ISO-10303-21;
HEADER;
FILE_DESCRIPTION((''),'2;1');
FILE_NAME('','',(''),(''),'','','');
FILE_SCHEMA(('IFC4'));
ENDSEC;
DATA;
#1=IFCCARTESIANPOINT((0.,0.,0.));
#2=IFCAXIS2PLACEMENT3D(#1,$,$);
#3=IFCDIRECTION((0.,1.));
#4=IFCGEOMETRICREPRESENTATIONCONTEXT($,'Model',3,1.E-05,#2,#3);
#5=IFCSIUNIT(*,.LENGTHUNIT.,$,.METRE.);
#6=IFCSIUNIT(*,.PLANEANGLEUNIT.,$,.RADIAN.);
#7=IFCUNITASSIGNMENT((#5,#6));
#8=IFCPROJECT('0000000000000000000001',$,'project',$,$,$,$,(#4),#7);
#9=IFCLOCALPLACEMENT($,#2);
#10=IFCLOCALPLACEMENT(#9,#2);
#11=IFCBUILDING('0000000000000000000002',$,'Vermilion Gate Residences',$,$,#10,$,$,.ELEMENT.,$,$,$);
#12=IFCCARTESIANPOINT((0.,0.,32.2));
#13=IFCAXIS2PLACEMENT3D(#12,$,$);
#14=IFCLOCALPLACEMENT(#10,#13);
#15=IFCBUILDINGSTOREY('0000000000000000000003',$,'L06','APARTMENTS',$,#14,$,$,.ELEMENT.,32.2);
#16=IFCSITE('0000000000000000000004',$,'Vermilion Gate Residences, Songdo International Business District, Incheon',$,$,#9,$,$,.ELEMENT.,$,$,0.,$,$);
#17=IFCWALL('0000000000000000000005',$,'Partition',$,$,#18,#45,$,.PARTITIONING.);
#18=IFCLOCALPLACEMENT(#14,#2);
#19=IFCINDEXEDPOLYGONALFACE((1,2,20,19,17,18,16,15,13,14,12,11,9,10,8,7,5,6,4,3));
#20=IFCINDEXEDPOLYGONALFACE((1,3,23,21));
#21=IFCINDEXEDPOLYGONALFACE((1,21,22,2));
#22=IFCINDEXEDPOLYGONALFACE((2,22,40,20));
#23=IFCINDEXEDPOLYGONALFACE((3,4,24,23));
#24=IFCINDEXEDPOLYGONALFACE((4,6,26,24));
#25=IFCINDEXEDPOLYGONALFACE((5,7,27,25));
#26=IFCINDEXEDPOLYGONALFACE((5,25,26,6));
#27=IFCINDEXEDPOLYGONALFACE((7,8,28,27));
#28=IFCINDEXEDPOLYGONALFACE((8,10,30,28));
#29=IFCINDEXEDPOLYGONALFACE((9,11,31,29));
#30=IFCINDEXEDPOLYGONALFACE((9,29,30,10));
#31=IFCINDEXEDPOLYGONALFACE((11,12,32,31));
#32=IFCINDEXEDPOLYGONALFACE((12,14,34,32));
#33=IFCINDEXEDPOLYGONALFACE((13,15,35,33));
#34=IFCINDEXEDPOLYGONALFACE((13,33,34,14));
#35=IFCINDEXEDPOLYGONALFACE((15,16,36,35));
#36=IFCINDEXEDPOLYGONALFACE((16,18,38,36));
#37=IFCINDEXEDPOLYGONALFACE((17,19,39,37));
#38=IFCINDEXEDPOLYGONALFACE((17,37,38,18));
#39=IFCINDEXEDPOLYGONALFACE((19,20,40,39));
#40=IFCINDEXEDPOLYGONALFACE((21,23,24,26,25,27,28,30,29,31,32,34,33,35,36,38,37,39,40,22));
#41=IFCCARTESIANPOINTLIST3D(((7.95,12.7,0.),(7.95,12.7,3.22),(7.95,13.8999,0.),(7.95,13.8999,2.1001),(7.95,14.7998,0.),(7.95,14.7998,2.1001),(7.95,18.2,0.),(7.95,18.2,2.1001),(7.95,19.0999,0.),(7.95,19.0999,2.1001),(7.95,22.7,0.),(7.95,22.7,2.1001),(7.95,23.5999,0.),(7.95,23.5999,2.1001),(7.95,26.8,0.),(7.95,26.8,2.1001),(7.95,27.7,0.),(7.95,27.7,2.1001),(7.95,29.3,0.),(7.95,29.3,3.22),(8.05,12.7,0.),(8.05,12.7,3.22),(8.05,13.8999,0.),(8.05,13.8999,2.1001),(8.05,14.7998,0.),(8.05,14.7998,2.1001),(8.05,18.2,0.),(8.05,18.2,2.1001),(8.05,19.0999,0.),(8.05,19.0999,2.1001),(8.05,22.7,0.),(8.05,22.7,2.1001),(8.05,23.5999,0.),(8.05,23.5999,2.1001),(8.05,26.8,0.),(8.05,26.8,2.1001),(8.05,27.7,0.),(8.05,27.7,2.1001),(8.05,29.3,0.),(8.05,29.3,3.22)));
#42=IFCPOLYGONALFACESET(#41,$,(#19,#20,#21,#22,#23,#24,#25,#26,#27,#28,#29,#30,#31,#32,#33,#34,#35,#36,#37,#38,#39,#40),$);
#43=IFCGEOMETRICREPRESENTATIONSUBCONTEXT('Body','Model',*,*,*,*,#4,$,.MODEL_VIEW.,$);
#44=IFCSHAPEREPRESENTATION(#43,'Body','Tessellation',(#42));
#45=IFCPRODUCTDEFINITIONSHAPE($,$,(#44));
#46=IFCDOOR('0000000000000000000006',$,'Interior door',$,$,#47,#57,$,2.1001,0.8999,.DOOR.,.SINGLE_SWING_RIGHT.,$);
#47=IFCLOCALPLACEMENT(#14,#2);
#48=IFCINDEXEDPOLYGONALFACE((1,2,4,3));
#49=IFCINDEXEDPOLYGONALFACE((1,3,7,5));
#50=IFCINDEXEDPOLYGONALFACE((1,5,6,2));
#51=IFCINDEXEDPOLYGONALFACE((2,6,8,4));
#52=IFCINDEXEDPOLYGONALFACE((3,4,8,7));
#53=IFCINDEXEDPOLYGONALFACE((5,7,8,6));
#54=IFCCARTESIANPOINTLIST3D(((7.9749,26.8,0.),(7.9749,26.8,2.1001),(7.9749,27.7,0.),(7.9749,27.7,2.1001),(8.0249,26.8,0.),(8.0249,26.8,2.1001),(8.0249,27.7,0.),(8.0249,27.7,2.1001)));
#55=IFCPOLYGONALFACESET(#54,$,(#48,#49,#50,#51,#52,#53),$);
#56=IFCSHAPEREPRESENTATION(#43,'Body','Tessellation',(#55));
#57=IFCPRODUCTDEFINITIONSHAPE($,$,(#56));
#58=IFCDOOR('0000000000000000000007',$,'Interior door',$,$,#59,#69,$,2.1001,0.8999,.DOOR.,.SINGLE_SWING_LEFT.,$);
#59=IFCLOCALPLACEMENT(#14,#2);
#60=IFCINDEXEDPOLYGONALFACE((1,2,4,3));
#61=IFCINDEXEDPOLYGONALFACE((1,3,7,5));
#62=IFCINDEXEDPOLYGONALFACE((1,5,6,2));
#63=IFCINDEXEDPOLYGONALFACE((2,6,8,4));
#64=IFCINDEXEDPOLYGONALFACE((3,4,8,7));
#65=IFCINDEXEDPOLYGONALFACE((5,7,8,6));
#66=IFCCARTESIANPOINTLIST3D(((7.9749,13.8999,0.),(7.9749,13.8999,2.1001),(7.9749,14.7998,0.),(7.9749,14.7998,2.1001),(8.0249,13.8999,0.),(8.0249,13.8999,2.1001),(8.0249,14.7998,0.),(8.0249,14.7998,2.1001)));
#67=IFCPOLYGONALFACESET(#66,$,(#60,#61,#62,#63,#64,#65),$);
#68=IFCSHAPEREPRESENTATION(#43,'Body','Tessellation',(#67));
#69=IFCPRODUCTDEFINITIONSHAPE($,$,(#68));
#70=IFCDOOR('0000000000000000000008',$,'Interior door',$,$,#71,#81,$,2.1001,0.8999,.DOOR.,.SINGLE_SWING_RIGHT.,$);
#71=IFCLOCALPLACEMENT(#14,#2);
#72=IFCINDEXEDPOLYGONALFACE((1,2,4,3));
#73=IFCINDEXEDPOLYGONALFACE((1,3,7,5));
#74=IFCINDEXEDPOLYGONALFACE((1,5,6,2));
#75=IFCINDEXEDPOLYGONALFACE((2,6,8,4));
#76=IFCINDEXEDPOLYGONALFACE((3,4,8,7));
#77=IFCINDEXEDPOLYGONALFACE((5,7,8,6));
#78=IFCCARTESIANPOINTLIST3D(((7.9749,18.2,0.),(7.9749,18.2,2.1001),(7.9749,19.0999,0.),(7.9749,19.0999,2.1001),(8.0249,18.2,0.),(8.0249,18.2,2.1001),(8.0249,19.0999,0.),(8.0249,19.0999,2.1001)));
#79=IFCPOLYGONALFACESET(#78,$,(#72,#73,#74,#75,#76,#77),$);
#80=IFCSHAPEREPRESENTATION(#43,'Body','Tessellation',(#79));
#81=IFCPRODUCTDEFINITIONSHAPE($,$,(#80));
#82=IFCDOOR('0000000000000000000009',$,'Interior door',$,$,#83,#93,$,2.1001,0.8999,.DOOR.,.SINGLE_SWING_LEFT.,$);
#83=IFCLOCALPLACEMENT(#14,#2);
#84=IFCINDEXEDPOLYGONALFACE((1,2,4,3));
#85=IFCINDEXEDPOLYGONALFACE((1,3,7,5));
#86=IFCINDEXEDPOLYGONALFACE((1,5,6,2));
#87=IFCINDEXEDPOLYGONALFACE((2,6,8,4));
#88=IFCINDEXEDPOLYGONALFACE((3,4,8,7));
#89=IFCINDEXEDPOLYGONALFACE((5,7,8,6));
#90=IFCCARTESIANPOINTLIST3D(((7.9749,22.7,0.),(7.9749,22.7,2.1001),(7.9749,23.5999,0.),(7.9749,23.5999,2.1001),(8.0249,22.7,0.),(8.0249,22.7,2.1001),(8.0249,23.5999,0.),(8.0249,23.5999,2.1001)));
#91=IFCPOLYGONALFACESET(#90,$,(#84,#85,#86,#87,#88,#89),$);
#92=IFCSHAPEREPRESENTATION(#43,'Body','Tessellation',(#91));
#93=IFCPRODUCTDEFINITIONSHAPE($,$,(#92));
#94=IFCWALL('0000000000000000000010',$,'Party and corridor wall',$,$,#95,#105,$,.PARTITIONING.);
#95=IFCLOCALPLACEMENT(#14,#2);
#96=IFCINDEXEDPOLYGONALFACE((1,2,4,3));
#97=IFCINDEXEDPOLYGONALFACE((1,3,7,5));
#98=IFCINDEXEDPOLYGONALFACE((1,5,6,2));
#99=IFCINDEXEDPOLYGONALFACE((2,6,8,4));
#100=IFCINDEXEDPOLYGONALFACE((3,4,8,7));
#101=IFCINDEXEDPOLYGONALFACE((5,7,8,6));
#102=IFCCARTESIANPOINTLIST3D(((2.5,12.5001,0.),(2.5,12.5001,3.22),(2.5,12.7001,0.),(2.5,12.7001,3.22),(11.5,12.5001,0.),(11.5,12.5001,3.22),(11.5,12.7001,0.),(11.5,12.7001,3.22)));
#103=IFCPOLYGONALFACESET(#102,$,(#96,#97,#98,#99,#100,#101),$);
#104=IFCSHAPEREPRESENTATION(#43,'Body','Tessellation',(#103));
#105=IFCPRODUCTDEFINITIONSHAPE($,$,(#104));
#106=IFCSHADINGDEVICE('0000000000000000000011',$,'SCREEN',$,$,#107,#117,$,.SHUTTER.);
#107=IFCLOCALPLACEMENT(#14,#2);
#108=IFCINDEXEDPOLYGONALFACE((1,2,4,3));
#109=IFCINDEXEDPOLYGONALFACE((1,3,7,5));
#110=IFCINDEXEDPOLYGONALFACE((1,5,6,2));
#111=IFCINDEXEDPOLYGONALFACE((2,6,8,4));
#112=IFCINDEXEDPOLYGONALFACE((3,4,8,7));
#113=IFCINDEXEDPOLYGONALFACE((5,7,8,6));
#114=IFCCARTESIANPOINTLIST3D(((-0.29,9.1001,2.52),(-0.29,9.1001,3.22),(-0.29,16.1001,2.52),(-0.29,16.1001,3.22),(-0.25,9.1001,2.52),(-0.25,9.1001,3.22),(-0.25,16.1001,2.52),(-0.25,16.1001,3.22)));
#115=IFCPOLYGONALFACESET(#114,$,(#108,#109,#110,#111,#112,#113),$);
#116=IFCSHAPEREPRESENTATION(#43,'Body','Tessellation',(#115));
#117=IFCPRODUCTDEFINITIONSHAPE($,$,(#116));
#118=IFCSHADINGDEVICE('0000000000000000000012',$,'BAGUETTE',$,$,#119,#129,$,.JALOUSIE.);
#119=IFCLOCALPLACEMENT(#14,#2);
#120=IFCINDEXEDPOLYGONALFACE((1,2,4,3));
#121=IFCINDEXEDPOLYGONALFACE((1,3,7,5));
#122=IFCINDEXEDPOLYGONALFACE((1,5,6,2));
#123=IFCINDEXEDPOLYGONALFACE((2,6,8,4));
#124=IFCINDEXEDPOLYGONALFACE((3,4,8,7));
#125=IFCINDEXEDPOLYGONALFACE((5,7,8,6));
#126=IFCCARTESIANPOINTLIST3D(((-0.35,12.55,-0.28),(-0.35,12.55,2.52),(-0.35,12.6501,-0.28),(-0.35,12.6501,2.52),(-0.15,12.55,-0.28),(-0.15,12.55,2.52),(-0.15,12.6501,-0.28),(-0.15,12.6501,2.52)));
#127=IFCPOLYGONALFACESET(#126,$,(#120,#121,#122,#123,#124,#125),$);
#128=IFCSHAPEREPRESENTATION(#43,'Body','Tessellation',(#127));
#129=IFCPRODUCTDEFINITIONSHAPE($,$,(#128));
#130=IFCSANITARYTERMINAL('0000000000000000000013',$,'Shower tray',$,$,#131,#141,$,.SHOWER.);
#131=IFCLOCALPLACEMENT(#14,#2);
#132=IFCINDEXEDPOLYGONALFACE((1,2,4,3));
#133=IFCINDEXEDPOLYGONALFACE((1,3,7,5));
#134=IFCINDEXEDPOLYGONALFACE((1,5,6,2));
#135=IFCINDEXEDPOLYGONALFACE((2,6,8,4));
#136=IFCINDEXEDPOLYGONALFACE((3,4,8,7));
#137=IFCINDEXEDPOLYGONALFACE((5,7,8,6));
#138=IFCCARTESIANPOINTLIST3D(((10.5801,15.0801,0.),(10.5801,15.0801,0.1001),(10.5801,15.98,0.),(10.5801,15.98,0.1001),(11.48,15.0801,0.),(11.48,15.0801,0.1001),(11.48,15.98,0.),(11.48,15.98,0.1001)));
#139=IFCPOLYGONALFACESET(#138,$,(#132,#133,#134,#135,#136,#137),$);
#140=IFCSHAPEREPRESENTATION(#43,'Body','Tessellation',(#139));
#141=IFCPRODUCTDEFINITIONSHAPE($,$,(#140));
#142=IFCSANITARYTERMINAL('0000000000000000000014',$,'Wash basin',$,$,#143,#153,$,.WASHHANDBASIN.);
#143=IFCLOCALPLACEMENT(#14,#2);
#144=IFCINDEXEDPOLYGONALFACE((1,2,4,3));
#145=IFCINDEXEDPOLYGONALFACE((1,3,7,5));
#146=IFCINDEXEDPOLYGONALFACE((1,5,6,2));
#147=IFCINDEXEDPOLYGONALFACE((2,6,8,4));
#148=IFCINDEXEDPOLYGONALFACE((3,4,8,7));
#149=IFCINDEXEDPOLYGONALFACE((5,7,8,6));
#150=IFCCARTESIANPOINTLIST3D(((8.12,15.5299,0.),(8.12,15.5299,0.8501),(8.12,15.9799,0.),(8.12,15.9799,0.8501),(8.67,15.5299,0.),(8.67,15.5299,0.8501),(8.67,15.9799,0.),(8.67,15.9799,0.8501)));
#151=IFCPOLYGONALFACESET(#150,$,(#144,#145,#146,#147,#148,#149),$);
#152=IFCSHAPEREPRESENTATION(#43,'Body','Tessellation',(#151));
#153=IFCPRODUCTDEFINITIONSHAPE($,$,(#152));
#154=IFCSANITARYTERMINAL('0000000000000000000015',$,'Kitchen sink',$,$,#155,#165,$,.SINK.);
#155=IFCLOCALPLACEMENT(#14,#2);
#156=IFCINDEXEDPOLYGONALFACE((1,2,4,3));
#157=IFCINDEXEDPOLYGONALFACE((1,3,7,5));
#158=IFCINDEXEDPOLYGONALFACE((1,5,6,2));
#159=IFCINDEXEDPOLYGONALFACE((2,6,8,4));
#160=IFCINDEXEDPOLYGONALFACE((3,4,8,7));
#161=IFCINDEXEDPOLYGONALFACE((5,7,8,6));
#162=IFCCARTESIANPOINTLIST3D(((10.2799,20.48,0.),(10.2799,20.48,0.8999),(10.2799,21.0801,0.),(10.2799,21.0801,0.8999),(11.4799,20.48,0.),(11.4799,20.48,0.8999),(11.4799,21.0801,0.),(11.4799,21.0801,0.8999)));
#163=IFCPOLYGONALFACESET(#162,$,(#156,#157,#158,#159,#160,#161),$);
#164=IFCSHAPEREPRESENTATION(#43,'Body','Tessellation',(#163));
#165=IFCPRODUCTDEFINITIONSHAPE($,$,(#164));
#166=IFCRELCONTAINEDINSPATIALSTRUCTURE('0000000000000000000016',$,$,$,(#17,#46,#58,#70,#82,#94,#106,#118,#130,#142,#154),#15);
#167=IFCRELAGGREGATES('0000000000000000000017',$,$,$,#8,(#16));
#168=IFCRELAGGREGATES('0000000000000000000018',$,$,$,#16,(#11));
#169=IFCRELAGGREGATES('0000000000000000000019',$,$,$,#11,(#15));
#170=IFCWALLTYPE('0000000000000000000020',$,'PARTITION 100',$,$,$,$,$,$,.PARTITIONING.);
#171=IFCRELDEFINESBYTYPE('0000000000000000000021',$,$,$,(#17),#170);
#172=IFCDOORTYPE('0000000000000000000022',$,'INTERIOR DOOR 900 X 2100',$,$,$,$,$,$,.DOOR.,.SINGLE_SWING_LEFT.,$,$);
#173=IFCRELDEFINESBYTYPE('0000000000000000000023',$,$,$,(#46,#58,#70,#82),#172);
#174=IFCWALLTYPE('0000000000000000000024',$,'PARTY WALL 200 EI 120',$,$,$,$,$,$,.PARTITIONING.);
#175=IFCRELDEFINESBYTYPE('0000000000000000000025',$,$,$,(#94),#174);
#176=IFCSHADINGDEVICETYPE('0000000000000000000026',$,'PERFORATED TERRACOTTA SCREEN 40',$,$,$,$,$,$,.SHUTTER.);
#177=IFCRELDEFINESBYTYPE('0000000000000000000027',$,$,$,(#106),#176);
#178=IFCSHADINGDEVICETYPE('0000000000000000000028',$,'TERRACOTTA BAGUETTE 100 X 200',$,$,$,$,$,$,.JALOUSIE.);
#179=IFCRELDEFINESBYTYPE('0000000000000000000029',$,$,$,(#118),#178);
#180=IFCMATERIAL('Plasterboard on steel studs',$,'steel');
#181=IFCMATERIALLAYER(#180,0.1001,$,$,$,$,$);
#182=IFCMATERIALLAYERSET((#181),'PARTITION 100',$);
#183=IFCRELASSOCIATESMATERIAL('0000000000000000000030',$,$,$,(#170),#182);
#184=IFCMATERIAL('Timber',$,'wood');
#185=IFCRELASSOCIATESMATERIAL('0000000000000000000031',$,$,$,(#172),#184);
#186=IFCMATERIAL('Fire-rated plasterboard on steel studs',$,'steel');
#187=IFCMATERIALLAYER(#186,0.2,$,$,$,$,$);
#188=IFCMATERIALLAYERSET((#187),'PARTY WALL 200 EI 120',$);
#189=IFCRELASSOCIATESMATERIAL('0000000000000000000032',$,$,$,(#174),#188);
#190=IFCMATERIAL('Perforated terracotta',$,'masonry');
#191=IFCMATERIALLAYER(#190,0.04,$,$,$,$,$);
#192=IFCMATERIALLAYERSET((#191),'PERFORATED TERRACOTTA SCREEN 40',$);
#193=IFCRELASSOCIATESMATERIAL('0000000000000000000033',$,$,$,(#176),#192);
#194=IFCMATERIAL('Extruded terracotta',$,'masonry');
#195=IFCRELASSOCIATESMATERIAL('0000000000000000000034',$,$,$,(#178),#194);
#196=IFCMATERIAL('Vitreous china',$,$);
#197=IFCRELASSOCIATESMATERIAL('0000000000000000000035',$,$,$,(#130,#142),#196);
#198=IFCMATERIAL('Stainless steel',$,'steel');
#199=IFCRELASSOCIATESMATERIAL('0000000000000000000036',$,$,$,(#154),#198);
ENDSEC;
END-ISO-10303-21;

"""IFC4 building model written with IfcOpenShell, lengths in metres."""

from ifc_helpers import new_model, si_unit, direction, frame, frame_2d, origin, origin_2d, place, context, subcontext, project, spatial, rectangle, extrude, material, layer, layer_set, material_profile, profile_set, type_object, element, fill, save


model = new_model("IFC4")

# Units and contexts
model_context = context("Model", 3, precision=1e-05, world=origin(), true_north=direction((0.0, 1.0)))
body_context = subcontext(model_context, "Body", "Model", "MODEL_VIEW")
ifc_project = project(units=[si_unit("LENGTHUNIT", "METRE"), si_unit("PLANEANGLEUNIT", "RADIAN")], contexts=[model_context])

# Site, building, storey
site_placement = place(None, origin())
site = spatial("IfcSite", under=ifc_project, at=site_placement, Name="Vermilion Gate Residences, Songdo International Business District, Incheon", CompositionType="ELEMENT", RefElevation=0.0)
building_placement = place(site_placement, origin())
building = spatial("IfcBuilding", under=site, at=building_placement, Name="Vermilion Gate Residences", CompositionType="ELEMENT")
storey_placement = place(building_placement, frame((0.0, 0.0, 32.2)))
storey = spatial("IfcBuildingStorey", under=building, at=storey_placement, Name="L06", Description="APARTMENTS", CompositionType="ELEMENT", Elevation=32.2)

# Shared definitions
ifc_material_1 = material(Name="Plasterboard on steel studs", Category="steel")
ifc_layer_1 = layer(ifc_material_1, 0.1001)
ifc_layer_set_1 = layer_set([ifc_layer_1], Name="PARTITION 100")
wall_type_1 = type_object("IfcWallType", Name="PARTITION 100", PredefinedType="PARTITIONING", material=ifc_layer_set_1)

# Wall, openings, doors
ifc_material_2 = material(Name="Timber", Category="wood")
door_type = type_object("IfcDoorType", Name="INTERIOR DOOR 900 X 2100", OperationType="SINGLE_SWING_LEFT", PredefinedType="DOOR", material=ifc_material_2)
wall_1_placement = place(storey_placement, frame((8.0, 12.7, 0.0), z_axis=(0.0, 0.0, 1.0), x_axis=(0.0, 1.0, 0.0)))
wall_1 = element("IfcWall", 1, at=wall_1_placement, inside=storey, type_object=wall_type_1, Name="Partition", PredefinedType="PARTITIONING", context=body_context, shape_type="SweptSolid", body=[
    extrude(rectangle(XDim=16.6001, YDim=0.1001, at=frame_2d((8.3, 0.0))), origin(), (0.0, 0.0, 1.0), 3.22),
])
opening_1_placement = place(wall_1_placement, frame((14.1001, 0.0, 0.0)))
opening_1 = element("IfcOpeningElement", 2, at=opening_1_placement, cuts=wall_1, PredefinedType="OPENING", context=body_context, shape_type="SweptSolid", body=[
    extrude(rectangle(XDim=0.8999, YDim=2.1001, at=frame_2d((0.45, 1.05))), frame((0.0, 0.0601, 0.0), z_axis=(0.0, -1.0, 0.0), x_axis=(1.0, 0.0, 0.0)), (0.0, 0.0, 1.0), 0.1201),
])
opening_2_placement = place(wall_1_placement, frame((1.2, 0.0, 0.0)))
opening_2 = element("IfcOpeningElement", 3, at=opening_2_placement, cuts=wall_1, PredefinedType="OPENING", context=body_context, shape_type="SweptSolid", body=[
    extrude(rectangle(XDim=0.8999, YDim=2.1001, at=frame_2d((0.45, 1.05))), frame((0.0, 0.0601, 0.0), z_axis=(0.0, -1.0, 0.0), x_axis=(1.0, 0.0, 0.0)), (0.0, 0.0, 1.0), 0.1201),
])
opening_3_placement = place(wall_1_placement, frame((5.5, 0.0, 0.0)))
opening_3 = element("IfcOpeningElement", 4, at=opening_3_placement, cuts=wall_1, PredefinedType="OPENING", context=body_context, shape_type="SweptSolid", body=[
    extrude(rectangle(XDim=0.8999, YDim=2.1001, at=frame_2d((0.45, 1.05))), frame((0.0, 0.0601, 0.0), z_axis=(0.0, -1.0, 0.0), x_axis=(1.0, 0.0, 0.0)), (0.0, 0.0, 1.0), 0.1201),
])
opening_4_placement = place(wall_1_placement, frame((10.0, 0.0, 0.0)))
opening_4 = element("IfcOpeningElement", 5, at=opening_4_placement, cuts=wall_1, PredefinedType="OPENING", context=body_context, shape_type="SweptSolid", body=[
    extrude(rectangle(XDim=0.8999, YDim=2.1001, at=frame_2d((0.45, 1.05))), frame((0.0, 0.0601, 0.0), z_axis=(0.0, -1.0, 0.0), x_axis=(1.0, 0.0, 0.0)), (0.0, 0.0, 1.0), 0.1201),
])
door_1_placement = place(opening_1_placement, frame((0.8999, 0.0, 0.0), z_axis=(0.0, 0.0, 1.0), x_axis=(-1.0, 0.0, 0.0)))
door_1 = element("IfcDoor", 6, at=door_1_placement, inside=storey, type_object=door_type, Name="Interior door", OperationType="SINGLE_SWING_RIGHT", OverallHeight=2.1001, OverallWidth=0.8999, PredefinedType="DOOR", context=body_context, shape_type="SweptSolid", body=[
    extrude(rectangle(XDim=0.8999, YDim=2.1001, at=frame_2d((0.45, 1.05))), frame((0.0, 0.0249, 0.0), z_axis=(0.0, -1.0, 0.0), x_axis=(1.0, 0.0, 0.0)), (0.0, 0.0, 1.0), 0.05),
])
fill(opening_1, door_1)
door_2_placement = place(opening_2_placement, frame((0.8999, 0.0, 0.0), z_axis=(0.0, 0.0, 1.0), x_axis=(-1.0, 0.0, 0.0)))
door_2 = element("IfcDoor", 7, at=door_2_placement, inside=storey, type_object=door_type, Name="Interior door", OperationType="SINGLE_SWING_LEFT", OverallHeight=2.1001, OverallWidth=0.8999, PredefinedType="DOOR", context=body_context, shape_type="SweptSolid", body=[
    extrude(rectangle(XDim=0.8999, YDim=2.1001, at=frame_2d((0.45, 1.05))), frame((0.0, 0.0249, 0.0), z_axis=(0.0, -1.0, 0.0), x_axis=(1.0, 0.0, 0.0)), (0.0, 0.0, 1.0), 0.05),
])
fill(opening_2, door_2)
door_3_placement = place(opening_3_placement, frame((0.8999, 0.0, 0.0), z_axis=(0.0, 0.0, 1.0), x_axis=(-1.0, 0.0, 0.0)))
door_3 = element("IfcDoor", 8, at=door_3_placement, inside=storey, type_object=door_type, Name="Interior door", OperationType="SINGLE_SWING_RIGHT", OverallHeight=2.1001, OverallWidth=0.8999, PredefinedType="DOOR", context=body_context, shape_type="SweptSolid", body=[
    extrude(rectangle(XDim=0.8999, YDim=2.1001, at=frame_2d((0.45, 1.05))), frame((0.0, 0.0249, 0.0), z_axis=(0.0, -1.0, 0.0), x_axis=(1.0, 0.0, 0.0)), (0.0, 0.0, 1.0), 0.05),
])
fill(opening_3, door_3)
door_4_placement = place(opening_4_placement, frame((0.8999, 0.0, 0.0), z_axis=(0.0, 0.0, 1.0), x_axis=(-1.0, 0.0, 0.0)))
door_4 = element("IfcDoor", 9, at=door_4_placement, inside=storey, type_object=door_type, Name="Interior door", OperationType="SINGLE_SWING_LEFT", OverallHeight=2.1001, OverallWidth=0.8999, PredefinedType="DOOR", context=body_context, shape_type="SweptSolid", body=[
    extrude(rectangle(XDim=0.8999, YDim=2.1001, at=frame_2d((0.45, 1.05))), frame((0.0, 0.0249, 0.0), z_axis=(0.0, -1.0, 0.0), x_axis=(1.0, 0.0, 0.0)), (0.0, 0.0, 1.0), 0.05),
])
fill(opening_4, door_4)

# Wall
ifc_material_3 = material(Name="Fire-rated plasterboard on steel studs", Category="steel")
ifc_layer_2 = layer(ifc_material_3, 0.2)
ifc_layer_set_2 = layer_set([ifc_layer_2], Name="PARTY WALL 200 EI 120")
wall_type_2 = type_object("IfcWallType", Name="PARTY WALL 200 EI 120", PredefinedType="PARTITIONING", material=ifc_layer_set_2)
wall_2_placement = place(storey_placement, frame((2.5, 12.6001, 0.0), z_axis=(0.0, 0.0, 1.0), x_axis=(1.0, 0.0, 0.0)))
element("IfcWall", 10, at=wall_2_placement, inside=storey, type_object=wall_type_2, Name="Party and corridor wall", PredefinedType="PARTITIONING", context=body_context, shape_type="SweptSolid", body=[
    extrude(rectangle(XDim=9.0, YDim=0.2, at=frame_2d((4.5, 0.0))), origin(), (0.0, 0.0, 1.0), 3.22),
])

# Shading devices
ifc_material_4 = material(Name="Perforated terracotta", Category="masonry")
ifc_layer_3 = layer(ifc_material_4, 0.04)
ifc_layer_set_3 = layer_set([ifc_layer_3], Name="PERFORATED TERRACOTTA SCREEN 40")
shading_device_type_1 = type_object("IfcShadingDeviceType", Name="PERFORATED TERRACOTTA SCREEN 40", PredefinedType="SHUTTER", material=ifc_layer_set_3)
shading_device_1_placement = place(storey_placement, frame((-0.27, 12.6001, 2.52), z_axis=(0.0, 0.0, 1.0), x_axis=(0.0, -1.0, 0.0)))
element("IfcShadingDevice", 11, at=shading_device_1_placement, inside=storey, type_object=shading_device_type_1, Name="SCREEN", PredefinedType="SHUTTER", context=body_context, shape_type="SweptSolid", body=[
    extrude(rectangle(XDim=7.0, YDim=0.04, at=origin_2d()), origin(), (0.0, 0.0, 1.0), 0.7),
])
ifc_material_5 = material(Name="Extruded terracotta", Category="masonry")
ifc_material_profile_1 = material_profile(ifc_material_5, rectangle(XDim=0.2, YDim=0.1001, at=origin_2d()), Name="BAGUETTE 100 X 200")
ifc_profile_set_1 = profile_set([ifc_material_profile_1], Name="Extruded terracotta")
shading_device_type_2 = type_object("IfcShadingDeviceType", Name="TERRACOTTA BAGUETTE 100 X 200", PredefinedType="JALOUSIE", material=ifc_profile_set_1)
shading_device_2_placement = place(storey_placement, frame((-0.25, 12.6001, -0.28), z_axis=(0.0, 0.0, 1.0), x_axis=(1.0, 0.0, 0.0)))
element("IfcShadingDevice", 12, at=shading_device_2_placement, inside=storey, type_object=shading_device_type_2, Name="BAGUETTE", PredefinedType="JALOUSIE", context=body_context, shape_type="SweptSolid", body=[
    extrude(rectangle(XDim=0.2, YDim=0.1001, at=origin_2d()), origin(), (0.0, 0.0, 1.0), 2.8),
])

# Sanitary terminals
ifc_material_6 = material(Name="Vitreous china")
sanitary_terminal_1_placement = place(storey_placement, frame((11.03, 15.53, 0.0), z_axis=(0.0, 0.0, 1.0), x_axis=(1.0, 0.0, 0.0)))
element("IfcSanitaryTerminal", 13, at=sanitary_terminal_1_placement, inside=storey, material=ifc_material_6, Name="Shower tray", PredefinedType="SHOWER", context=body_context, shape_type="SweptSolid", body=[
    extrude(rectangle(XDim=0.8999, YDim=0.8999, at=origin_2d()), origin(), (0.0, 0.0, 1.0), 0.1001),
])
sanitary_terminal_2_placement = place(storey_placement, frame((8.395, 15.7549, 0.0), z_axis=(0.0, 0.0, 1.0), x_axis=(1.0, 0.0, 0.0)))
element("IfcSanitaryTerminal", 14, at=sanitary_terminal_2_placement, inside=storey, material=ifc_material_6, Name="Wash basin", PredefinedType="WASHHANDBASIN", context=body_context, shape_type="SweptSolid", body=[
    extrude(rectangle(XDim=0.55, YDim=0.45, at=origin_2d()), origin(), (0.0, 0.0, 1.0), 0.8501),
])
ifc_material_7 = material(Name="Stainless steel", Category="steel")
sanitary_terminal_3_placement = place(storey_placement, frame((10.8799, 20.78, 0.0), z_axis=(0.0, 0.0, 1.0), x_axis=(1.0, 0.0, 0.0)))
element("IfcSanitaryTerminal", 15, at=sanitary_terminal_3_placement, inside=storey, material=ifc_material_7, Name="Kitchen sink", PredefinedType="SINK", context=body_context, shape_type="SweptSolid", body=[
    extrude(rectangle(XDim=1.2, YDim=0.6001, at=origin_2d()), origin(), (0.0, 0.0, 1.0), 0.8999),
])

save(model, "model.ifc")
